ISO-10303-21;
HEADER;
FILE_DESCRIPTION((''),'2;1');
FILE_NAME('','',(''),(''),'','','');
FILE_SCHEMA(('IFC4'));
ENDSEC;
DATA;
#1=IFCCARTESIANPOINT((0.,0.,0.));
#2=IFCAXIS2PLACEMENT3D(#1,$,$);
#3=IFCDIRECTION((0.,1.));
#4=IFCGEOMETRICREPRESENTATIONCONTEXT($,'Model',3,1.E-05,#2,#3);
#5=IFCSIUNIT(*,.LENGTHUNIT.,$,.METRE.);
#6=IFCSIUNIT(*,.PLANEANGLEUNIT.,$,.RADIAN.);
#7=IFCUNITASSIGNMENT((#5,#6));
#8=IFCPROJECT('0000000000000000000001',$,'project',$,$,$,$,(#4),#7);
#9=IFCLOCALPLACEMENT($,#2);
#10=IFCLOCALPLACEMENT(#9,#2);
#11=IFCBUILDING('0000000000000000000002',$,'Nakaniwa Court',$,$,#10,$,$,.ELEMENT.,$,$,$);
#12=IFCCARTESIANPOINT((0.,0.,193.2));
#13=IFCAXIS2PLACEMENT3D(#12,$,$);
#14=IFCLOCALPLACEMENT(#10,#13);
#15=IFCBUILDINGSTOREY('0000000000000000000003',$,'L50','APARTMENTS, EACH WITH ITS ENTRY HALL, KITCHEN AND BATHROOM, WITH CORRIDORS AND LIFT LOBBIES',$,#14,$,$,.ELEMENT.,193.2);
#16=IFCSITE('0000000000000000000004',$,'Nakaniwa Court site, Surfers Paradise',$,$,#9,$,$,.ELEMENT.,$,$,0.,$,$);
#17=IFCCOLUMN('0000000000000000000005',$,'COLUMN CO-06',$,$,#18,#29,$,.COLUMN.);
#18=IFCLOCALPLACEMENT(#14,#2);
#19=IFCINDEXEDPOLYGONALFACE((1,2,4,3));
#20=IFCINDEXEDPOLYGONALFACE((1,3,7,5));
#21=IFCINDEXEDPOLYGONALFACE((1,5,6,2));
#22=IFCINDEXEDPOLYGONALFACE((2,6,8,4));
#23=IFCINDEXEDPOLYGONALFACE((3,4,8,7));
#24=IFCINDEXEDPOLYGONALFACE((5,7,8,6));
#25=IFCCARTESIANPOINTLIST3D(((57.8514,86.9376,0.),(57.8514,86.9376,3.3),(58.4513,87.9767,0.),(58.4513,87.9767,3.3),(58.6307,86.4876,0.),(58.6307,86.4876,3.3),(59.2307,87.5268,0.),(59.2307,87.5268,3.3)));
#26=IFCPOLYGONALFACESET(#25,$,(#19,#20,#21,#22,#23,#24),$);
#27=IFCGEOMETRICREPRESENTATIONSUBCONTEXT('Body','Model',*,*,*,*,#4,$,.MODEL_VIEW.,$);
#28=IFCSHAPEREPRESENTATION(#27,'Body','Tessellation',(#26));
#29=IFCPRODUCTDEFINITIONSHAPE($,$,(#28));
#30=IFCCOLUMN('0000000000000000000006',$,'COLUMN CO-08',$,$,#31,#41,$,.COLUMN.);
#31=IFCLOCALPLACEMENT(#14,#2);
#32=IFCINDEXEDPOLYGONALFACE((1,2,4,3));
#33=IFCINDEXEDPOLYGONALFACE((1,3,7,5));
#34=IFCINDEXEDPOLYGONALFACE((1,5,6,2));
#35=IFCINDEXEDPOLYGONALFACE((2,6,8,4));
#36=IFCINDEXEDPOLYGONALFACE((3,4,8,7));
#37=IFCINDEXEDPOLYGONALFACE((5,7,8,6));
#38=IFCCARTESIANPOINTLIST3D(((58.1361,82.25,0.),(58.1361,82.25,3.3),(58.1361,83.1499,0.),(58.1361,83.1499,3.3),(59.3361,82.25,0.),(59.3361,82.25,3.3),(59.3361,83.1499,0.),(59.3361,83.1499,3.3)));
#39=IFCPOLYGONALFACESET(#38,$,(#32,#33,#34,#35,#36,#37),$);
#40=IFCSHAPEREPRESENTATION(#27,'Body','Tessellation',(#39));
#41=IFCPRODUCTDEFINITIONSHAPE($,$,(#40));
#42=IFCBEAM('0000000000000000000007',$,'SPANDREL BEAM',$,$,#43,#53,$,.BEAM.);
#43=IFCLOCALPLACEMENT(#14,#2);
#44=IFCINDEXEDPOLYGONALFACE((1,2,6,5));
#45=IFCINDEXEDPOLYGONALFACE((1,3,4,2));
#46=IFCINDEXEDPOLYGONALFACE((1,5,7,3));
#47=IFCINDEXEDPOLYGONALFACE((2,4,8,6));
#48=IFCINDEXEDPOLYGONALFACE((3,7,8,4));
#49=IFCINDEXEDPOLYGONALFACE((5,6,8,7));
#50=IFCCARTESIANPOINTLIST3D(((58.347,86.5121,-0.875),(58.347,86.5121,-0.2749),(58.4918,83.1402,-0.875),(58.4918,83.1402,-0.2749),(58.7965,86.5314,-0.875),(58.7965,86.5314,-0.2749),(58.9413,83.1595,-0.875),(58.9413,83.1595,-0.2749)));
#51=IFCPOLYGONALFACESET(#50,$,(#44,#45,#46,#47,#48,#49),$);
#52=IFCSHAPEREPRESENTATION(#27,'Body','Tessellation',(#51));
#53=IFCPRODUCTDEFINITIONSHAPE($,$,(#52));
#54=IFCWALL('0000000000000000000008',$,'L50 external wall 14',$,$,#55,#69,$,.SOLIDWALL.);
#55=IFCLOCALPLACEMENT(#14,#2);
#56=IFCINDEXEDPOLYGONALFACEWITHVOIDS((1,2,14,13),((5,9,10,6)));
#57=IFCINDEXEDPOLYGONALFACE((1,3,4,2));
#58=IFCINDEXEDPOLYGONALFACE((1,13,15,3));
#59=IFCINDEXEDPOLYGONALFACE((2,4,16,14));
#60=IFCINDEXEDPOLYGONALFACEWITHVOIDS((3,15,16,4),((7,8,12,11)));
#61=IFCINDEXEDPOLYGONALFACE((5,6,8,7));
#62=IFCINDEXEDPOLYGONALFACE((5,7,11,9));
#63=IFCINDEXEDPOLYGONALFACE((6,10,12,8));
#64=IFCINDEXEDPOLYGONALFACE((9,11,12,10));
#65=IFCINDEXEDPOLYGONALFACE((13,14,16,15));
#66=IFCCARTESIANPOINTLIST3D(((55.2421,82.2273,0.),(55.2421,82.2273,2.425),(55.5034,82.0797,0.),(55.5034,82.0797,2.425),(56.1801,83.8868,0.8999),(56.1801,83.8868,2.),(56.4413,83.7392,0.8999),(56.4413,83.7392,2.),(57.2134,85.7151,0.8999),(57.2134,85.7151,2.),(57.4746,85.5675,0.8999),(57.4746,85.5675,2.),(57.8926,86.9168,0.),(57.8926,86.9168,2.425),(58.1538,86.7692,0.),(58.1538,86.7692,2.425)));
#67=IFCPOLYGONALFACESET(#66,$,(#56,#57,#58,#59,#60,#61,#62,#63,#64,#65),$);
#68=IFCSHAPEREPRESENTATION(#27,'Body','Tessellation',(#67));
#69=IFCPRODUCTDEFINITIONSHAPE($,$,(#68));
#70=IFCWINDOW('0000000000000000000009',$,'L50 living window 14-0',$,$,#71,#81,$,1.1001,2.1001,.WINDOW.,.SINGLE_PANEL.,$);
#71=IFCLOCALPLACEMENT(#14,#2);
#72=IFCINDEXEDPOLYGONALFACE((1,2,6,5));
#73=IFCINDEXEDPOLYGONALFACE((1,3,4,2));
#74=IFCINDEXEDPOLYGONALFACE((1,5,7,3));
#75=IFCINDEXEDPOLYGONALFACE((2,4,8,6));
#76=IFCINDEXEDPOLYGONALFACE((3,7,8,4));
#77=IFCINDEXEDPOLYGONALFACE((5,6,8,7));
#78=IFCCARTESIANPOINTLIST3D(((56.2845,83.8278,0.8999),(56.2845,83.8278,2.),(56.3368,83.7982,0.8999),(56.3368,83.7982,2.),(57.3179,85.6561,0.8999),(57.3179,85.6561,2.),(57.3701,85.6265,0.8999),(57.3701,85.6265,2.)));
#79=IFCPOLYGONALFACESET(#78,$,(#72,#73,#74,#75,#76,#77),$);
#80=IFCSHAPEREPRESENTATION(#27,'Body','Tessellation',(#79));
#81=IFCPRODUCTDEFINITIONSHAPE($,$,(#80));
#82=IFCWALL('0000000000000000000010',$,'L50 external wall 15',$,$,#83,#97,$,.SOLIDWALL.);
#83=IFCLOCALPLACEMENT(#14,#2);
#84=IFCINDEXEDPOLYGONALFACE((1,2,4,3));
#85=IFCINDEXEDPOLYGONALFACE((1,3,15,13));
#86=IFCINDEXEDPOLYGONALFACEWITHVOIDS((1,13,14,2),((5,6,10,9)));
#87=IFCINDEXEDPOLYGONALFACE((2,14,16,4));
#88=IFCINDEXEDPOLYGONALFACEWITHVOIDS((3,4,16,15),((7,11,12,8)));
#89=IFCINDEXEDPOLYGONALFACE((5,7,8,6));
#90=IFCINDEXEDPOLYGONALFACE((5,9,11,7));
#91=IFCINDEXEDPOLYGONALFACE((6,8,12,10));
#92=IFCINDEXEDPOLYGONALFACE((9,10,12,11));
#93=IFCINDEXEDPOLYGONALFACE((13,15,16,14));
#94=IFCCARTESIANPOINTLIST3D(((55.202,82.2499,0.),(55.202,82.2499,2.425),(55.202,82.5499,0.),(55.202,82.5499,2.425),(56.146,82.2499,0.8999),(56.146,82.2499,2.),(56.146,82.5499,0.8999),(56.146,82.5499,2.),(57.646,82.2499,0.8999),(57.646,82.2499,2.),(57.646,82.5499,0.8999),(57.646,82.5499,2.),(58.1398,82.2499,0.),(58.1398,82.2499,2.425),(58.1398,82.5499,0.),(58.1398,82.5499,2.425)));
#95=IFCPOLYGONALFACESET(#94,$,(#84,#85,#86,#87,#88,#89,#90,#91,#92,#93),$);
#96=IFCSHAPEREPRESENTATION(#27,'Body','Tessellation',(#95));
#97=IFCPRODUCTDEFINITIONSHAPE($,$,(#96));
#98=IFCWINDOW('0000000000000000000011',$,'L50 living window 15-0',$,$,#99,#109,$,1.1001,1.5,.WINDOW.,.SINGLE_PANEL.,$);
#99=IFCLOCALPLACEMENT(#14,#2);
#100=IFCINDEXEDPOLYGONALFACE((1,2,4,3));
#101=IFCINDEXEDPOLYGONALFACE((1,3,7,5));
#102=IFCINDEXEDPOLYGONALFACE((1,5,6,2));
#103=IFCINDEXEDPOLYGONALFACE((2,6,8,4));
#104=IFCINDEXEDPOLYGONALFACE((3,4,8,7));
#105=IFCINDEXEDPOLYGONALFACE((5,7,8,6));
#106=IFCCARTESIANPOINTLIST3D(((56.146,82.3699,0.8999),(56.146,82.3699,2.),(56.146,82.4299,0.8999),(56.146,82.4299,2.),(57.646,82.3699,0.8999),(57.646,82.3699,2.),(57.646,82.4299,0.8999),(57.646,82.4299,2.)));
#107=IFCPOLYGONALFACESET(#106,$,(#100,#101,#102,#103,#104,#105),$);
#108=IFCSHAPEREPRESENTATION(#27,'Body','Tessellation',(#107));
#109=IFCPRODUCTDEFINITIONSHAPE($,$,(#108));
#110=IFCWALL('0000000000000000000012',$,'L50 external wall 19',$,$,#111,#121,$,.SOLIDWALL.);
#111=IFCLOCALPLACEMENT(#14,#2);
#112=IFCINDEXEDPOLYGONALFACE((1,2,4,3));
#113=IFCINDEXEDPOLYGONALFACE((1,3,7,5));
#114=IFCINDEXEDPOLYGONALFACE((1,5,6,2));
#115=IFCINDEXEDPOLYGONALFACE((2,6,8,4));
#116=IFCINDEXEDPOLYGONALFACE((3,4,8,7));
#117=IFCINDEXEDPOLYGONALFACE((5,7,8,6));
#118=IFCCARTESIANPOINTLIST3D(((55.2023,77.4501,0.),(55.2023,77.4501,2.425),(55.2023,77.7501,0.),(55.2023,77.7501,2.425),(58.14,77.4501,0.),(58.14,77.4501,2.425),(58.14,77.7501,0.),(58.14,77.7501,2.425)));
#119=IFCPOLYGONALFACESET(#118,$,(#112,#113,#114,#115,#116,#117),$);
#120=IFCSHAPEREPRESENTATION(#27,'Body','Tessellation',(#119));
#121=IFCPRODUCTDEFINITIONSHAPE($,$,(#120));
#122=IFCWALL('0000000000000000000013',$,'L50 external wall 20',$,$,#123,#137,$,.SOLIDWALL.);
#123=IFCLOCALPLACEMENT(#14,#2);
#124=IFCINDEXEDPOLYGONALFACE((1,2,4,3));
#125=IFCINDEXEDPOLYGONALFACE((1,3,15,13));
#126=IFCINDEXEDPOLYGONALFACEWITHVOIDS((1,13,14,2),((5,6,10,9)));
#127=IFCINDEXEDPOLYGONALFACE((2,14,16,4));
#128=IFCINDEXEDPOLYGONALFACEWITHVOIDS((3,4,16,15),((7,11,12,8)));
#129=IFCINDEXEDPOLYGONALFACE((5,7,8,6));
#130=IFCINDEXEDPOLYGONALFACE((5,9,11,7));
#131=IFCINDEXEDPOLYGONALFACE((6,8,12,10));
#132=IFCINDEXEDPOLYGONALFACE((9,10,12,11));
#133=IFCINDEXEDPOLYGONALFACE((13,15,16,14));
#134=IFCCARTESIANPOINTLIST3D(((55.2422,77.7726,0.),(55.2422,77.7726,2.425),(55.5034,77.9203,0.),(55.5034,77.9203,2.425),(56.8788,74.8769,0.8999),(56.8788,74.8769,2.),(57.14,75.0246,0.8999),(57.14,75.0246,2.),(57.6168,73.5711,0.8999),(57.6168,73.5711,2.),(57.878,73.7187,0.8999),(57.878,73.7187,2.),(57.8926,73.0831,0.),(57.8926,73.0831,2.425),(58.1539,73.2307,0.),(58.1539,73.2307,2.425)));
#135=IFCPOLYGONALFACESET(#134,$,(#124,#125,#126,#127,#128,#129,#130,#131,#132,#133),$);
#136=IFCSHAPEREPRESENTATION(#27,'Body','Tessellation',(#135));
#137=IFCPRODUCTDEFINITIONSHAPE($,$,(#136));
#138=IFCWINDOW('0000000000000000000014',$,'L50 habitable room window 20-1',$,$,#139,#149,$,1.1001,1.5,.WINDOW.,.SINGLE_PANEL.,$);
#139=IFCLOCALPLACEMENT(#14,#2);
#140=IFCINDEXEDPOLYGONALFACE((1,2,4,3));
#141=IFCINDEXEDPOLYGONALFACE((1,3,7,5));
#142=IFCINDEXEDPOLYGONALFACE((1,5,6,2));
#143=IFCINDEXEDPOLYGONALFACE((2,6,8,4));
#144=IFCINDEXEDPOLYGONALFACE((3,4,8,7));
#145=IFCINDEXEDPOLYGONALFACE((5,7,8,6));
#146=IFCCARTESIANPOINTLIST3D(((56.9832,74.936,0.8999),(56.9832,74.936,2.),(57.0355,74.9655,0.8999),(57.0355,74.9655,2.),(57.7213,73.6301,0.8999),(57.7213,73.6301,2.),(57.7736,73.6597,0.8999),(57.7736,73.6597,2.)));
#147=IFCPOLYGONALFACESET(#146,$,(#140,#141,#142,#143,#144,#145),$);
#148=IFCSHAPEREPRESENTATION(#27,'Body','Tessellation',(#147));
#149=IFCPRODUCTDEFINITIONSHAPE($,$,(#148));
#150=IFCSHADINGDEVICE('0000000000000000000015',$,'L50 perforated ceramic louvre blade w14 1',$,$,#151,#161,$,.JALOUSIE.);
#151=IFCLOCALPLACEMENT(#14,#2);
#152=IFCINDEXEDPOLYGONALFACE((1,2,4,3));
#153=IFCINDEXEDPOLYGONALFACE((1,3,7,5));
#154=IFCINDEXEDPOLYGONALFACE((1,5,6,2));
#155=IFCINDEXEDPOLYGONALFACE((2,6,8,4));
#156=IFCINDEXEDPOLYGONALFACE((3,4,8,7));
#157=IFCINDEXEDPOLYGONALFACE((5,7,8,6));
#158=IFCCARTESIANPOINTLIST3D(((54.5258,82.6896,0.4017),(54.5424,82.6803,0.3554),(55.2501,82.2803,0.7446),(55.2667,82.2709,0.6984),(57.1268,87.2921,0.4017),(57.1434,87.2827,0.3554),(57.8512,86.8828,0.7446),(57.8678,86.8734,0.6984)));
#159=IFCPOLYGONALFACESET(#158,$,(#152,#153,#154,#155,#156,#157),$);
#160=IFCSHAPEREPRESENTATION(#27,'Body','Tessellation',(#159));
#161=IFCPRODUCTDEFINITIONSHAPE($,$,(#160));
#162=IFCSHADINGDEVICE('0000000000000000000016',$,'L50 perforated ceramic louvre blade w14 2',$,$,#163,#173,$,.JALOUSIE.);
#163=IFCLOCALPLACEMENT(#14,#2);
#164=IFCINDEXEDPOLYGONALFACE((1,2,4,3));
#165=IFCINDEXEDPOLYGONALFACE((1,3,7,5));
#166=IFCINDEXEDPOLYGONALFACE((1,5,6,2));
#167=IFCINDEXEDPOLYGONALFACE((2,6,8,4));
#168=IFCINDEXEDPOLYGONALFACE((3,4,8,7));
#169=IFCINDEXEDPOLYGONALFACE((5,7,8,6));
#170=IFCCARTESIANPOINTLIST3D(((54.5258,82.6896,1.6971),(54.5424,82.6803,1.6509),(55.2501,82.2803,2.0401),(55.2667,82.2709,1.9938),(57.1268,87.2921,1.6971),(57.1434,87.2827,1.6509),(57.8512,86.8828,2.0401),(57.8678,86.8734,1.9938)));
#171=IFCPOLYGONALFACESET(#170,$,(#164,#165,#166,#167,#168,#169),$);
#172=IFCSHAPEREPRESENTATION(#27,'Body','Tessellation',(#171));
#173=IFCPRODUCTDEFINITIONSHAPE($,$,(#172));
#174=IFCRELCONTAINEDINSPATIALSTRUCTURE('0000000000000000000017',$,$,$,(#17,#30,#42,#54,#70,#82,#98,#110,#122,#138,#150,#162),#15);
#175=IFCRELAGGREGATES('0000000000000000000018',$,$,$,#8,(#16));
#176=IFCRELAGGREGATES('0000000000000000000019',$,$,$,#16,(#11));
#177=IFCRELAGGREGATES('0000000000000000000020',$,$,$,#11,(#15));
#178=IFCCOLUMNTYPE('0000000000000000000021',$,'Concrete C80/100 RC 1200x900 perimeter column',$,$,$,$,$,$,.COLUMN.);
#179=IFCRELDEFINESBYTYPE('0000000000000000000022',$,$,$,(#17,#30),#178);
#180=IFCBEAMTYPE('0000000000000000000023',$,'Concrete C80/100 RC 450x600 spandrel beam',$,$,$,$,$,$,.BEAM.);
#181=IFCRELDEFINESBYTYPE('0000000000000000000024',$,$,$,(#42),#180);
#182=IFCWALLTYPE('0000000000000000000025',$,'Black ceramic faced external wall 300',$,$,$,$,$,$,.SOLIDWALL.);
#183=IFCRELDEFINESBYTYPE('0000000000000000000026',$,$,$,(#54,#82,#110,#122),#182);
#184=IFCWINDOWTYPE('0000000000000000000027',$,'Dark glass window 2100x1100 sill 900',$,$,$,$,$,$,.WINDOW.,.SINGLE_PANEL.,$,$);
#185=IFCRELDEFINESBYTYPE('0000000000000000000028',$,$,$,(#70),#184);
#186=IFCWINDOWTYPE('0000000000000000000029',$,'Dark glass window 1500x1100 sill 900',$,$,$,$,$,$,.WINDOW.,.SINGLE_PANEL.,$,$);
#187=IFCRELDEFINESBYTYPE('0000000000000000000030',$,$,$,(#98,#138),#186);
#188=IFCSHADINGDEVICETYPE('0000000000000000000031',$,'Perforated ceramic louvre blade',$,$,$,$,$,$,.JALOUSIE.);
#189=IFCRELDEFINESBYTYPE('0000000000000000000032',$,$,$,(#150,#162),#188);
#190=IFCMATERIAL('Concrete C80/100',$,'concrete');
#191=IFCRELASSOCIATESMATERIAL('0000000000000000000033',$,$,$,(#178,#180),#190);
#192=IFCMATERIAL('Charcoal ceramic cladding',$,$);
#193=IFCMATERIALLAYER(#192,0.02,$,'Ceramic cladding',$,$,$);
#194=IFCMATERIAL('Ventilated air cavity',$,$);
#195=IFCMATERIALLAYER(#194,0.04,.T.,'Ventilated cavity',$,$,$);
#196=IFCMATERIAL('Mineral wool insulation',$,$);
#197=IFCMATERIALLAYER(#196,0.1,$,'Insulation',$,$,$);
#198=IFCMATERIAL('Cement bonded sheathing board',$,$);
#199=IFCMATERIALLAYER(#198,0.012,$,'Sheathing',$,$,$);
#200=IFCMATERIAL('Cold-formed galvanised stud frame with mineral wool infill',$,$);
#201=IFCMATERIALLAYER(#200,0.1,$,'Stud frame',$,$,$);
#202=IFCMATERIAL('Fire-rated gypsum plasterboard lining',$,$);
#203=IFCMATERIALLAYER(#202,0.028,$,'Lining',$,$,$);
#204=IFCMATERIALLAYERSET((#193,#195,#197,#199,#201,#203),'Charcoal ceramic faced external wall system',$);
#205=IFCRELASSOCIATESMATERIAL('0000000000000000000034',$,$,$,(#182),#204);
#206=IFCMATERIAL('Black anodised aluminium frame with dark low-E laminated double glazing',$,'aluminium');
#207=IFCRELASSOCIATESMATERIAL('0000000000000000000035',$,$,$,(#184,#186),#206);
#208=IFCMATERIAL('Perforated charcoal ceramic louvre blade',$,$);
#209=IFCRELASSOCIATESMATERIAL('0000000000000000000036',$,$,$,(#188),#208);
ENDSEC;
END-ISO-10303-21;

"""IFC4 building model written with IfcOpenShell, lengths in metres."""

from ifc_helpers import new_model, si_unit, direction, frame, frame_2d, origin, origin_2d, place, context, subcontext, project, spatial, rectangle, extrude, material, layer, layer_set, material_profile, profile_set, type_object, element, fill, save


model = new_model("IFC4")

# Units and contexts
model_context = context("Model", 3, precision=1e-05, world=origin(), true_north=direction((0.0, 1.0)))
body_context = subcontext(model_context, "Body", "Model", "MODEL_VIEW")
ifc_project = project(units=[si_unit("LENGTHUNIT", "METRE"), si_unit("PLANEANGLEUNIT", "RADIAN")], contexts=[model_context])

# Site, building, storey
site_placement = place(None, origin())
site = spatial("IfcSite", under=ifc_project, at=site_placement, Name="Nakaniwa Court site, Surfers Paradise", CompositionType="ELEMENT", RefElevation=0.0)
building_placement = place(site_placement, origin())
building = spatial("IfcBuilding", under=site, at=building_placement, Name="Nakaniwa Court", CompositionType="ELEMENT")
storey_placement = place(building_placement, frame((0.0, 0.0, 193.2)))
storey = spatial("IfcBuildingStorey", under=building, at=storey_placement, Name="L50", Description="APARTMENTS, EACH WITH ITS ENTRY HALL, KITCHEN AND BATHROOM, WITH CORRIDORS AND LIFT LOBBIES", CompositionType="ELEMENT", Elevation=193.2)

# Columns
ifc_material_1 = material(Name="Concrete C80/100", Category="concrete")
ifc_material_profile_1 = material_profile(ifc_material_1, rectangle(XDim=1.2, YDim=0.8999, at=origin_2d()), Name="Concrete C80/100 RC 1200x900 perimeter column")
ifc_profile_set_1 = profile_set([ifc_material_profile_1], Name="Concrete C80/100")
column_type = type_object("IfcColumnType", Name="Concrete C80/100 RC 1200x900 perimeter column", PredefinedType="COLUMN", material=ifc_profile_set_1)
for number, where, z_axis, x_axis, name in (
    (1, (58.541, 87.2322, 0.0), (0.0, 0.0, 1.0), (-0.5, -0.866025, 0.0), "COLUMN CO-06"),
    (2, (58.7361, 82.7, 0.0), (0.0, 0.0, 1.0), (1.0, 0.0, 0.0), "COLUMN CO-08"),
):
    element("IfcColumn", number, at=place(storey_placement, frame(where, z_axis=z_axis, x_axis=x_axis)), inside=storey, type_object=column_type, Name=name, PredefinedType="COLUMN", context=body_context, shape_type="SweptSolid", body=[
        extrude(rectangle(XDim=1.2, YDim=0.8999, at=origin_2d()), origin(), (0.0, 0.0, 1.0), 3.3),
    ])

# Beam
ifc_material_profile_2 = material_profile(ifc_material_1, rectangle(XDim=0.45, YDim=0.6001, at=origin_2d()), Name="Concrete C80/100 RC 450x600 spandrel beam")
ifc_profile_set_2 = profile_set([ifc_material_profile_2], Name="Concrete C80/100")
beam_type = type_object("IfcBeamType", Name="Concrete C80/100 RC 450x600 spandrel beam", PredefinedType="BEAM", material=ifc_profile_set_2)
beam_placement = place(storey_placement, frame((58.5718, 86.5217, -0.575), z_axis=(0.042897, -0.999079, 0.0), x_axis=(0.999079, 0.042897, 0.0)))
element("IfcBeam", 3, at=beam_placement, inside=storey, type_object=beam_type, Name="SPANDREL BEAM", PredefinedType="BEAM", context=body_context, shape_type="SweptSolid", body=[
    extrude(rectangle(XDim=0.45, YDim=0.6001, at=origin_2d()), origin(), (0.0, 0.0, 1.0), 3.375),
])

# Walls, openings, windows
ifc_material_2 = material(Name="Charcoal ceramic cladding")
ifc_layer_1 = layer(ifc_material_2, 0.02, Name="Ceramic cladding")
ifc_material_3 = material(Name="Ventilated air cavity")
ifc_layer_2 = layer(ifc_material_3, 0.04, ventilated=True, Name="Ventilated cavity")
ifc_material_4 = material(Name="Mineral wool insulation")
ifc_layer_3 = layer(ifc_material_4, 0.1, Name="Insulation")
ifc_material_5 = material(Name="Cement bonded sheathing board")
ifc_layer_4 = layer(ifc_material_5, 0.012, Name="Sheathing")
ifc_material_6 = material(Name="Cold-formed galvanised stud frame with mineral wool infill")
ifc_layer_5 = layer(ifc_material_6, 0.1, Name="Stud frame")
ifc_material_7 = material(Name="Fire-rated gypsum plasterboard lining")
ifc_layer_6 = layer(ifc_material_7, 0.028, Name="Lining")
ifc_layer_set = layer_set([ifc_layer_1, ifc_layer_2, ifc_layer_3, ifc_layer_4, ifc_layer_5, ifc_layer_6], Name="Charcoal ceramic faced external wall system")
wall_type = type_object("IfcWallType", Name="Black ceramic faced external wall 300", PredefinedType="SOLIDWALL", material=ifc_layer_set)
wall_1_placement = place(storey_placement, frame((58.0232, 86.843, 0.0), z_axis=(0.0, 0.0, 1.0), x_axis=(-0.492033, -0.870576, 0.0)))
wall_1 = element("IfcWall", 4, at=wall_1_placement, inside=storey, type_object=wall_type, Name="L50 external wall 14", PredefinedType="SOLIDWALL", context=body_context, shape_type="SweptSolid", body=[
    extrude(rectangle(XDim=5.3867, YDim=0.3, at=frame_2d((2.6934, 0.0))), origin(), (0.0, 0.0, 1.0), 2.425),
])
opening_1_placement = place(wall_1_placement, frame((1.3804, 0.0, 0.8999)))
opening_1 = element("IfcOpeningElement", 5, at=opening_1_placement, cuts=wall_1, PredefinedType="OPENING", context=body_context, shape_type="SweptSolid", body=[
    extrude(rectangle(XDim=2.1001, YDim=1.1001, at=frame_2d((1.05, 0.55))), frame((0.0, 0.1599, 0.0), z_axis=(0.0, -1.0, 0.0), x_axis=(1.0, 0.0, 0.0)), (0.0, 0.0, 1.0), 0.3201),
])
ifc_material_8 = material(Name="Black anodised aluminium frame with dark low-E laminated double glazing", Category="aluminium")
window_type_1 = type_object("IfcWindowType", Name="Dark glass window 2100x1100 sill 900", PartitioningType="SINGLE_PANEL", PredefinedType="WINDOW", material=ifc_material_8)
window_1_placement = place(opening_1_placement, origin())
window_1 = element("IfcWindow", 6, at=window_1_placement, inside=storey, type_object=window_type_1, Name="L50 living window 14-0", OverallHeight=1.1001, OverallWidth=2.1001, PartitioningType="SINGLE_PANEL", PredefinedType="WINDOW", context=body_context, shape_type="SweptSolid", body=[
    extrude(rectangle(XDim=2.1001, YDim=1.1001, at=frame_2d((1.05, 0.55))), frame((0.0, 0.03, 0.0), z_axis=(0.0, -1.0, 0.0), x_axis=(1.0, 0.0, 0.0)), (0.0, 0.0, 1.0), 0.0601),
])
fill(opening_1, window_1)
wall_2_placement = place(storey_placement, frame((55.2021, 82.3999, 0.0), z_axis=(0.0, 0.0, 1.0), x_axis=(1.0, 0.0, 0.0)))
wall_2 = element("IfcWall", 7, at=wall_2_placement, inside=storey, type_object=wall_type, Name="L50 external wall 15", PredefinedType="SOLIDWALL", context=body_context, shape_type="SweptSolid", body=[
    extrude(rectangle(XDim=2.9377, YDim=0.3, at=frame_2d((1.4688, 0.0))), origin(), (0.0, 0.0, 1.0), 2.425),
])
opening_2_placement = place(wall_2_placement, frame((0.9438, 0.0, 0.8999)))
opening_2 = element("IfcOpeningElement", 8, at=opening_2_placement, cuts=wall_2, PredefinedType="OPENING", context=body_context, shape_type="SweptSolid", body=[
    extrude(rectangle(XDim=1.5, YDim=1.1001, at=frame_2d((0.75, 0.55))), frame((0.0, 0.1599, 0.0), z_axis=(0.0, -1.0, 0.0), x_axis=(1.0, 0.0, 0.0)), (0.0, 0.0, 1.0), 0.3201),
])
window_type_2 = type_object("IfcWindowType", Name="Dark glass window 1500x1100 sill 900", PartitioningType="SINGLE_PANEL", PredefinedType="WINDOW", material=ifc_material_8)
window_2_placement = place(opening_2_placement, origin())
window_2 = element("IfcWindow", 9, at=window_2_placement, inside=storey, type_object=window_type_2, Name="L50 living window 15-0", OverallHeight=1.1001, OverallWidth=1.5, PartitioningType="SINGLE_PANEL", PredefinedType="WINDOW", context=body_context, shape_type="SweptSolid", body=[
    extrude(rectangle(XDim=1.5, YDim=1.1001, at=frame_2d((0.75, 0.55))), frame((0.0, 0.03, 0.0), z_axis=(0.0, -1.0, 0.0), x_axis=(1.0, 0.0, 0.0)), (0.0, 0.0, 1.0), 0.0601),
])
fill(opening_2, window_2)

# Wall
wall_3_placement = place(storey_placement, frame((58.1399, 77.6001, 0.0), z_axis=(0.0, 0.0, 1.0), x_axis=(-1.0, 0.0, 0.0)))
element("IfcWall", 10, at=wall_3_placement, inside=storey, type_object=wall_type, Name="L50 external wall 19", PredefinedType="SOLIDWALL", context=body_context, shape_type="SweptSolid", body=[
    extrude(rectangle(XDim=2.9377, YDim=0.3, at=frame_2d((1.4688, 0.0))), origin(), (0.0, 0.0, 1.0), 2.425),
])

# Wall, opening, window
wall_4_placement = place(storey_placement, frame((55.3728, 77.8464, 0.0), z_axis=(0.0, 0.0, 1.0), x_axis=(0.492033, -0.870576, 0.0)))
wall_4 = element("IfcWall", 11, at=wall_4_placement, inside=storey, type_object=wall_type, Name="L50 external wall 20", PredefinedType="SOLIDWALL", context=body_context, shape_type="SweptSolid", body=[
    extrude(rectangle(XDim=5.3867, YDim=0.3, at=frame_2d((2.6934, 0.0))), origin(), (0.0, 0.0, 1.0), 2.425),
])
opening_3_placement = place(wall_4_placement, frame((3.3262, 0.0, 0.8999)))
opening_3 = element("IfcOpeningElement", 12, at=opening_3_placement, cuts=wall_4, PredefinedType="OPENING", context=body_context, shape_type="SweptSolid", body=[
    extrude(rectangle(XDim=1.5, YDim=1.1001, at=frame_2d((0.75, 0.55))), frame((0.0, 0.1599, 0.0), z_axis=(0.0, -1.0, 0.0), x_axis=(1.0, 0.0, 0.0)), (0.0, 0.0, 1.0), 0.3201),
])
window_3_placement = place(opening_3_placement, origin())
window_3 = element("IfcWindow", 13, at=window_3_placement, inside=storey, type_object=window_type_2, Name="L50 habitable room window 20-1", OverallHeight=1.1001, OverallWidth=1.5, PartitioningType="SINGLE_PANEL", PredefinedType="WINDOW", context=body_context, shape_type="SweptSolid", body=[
    extrude(rectangle(XDim=1.5, YDim=1.1001, at=frame_2d((0.75, 0.55))), frame((0.0, 0.03, 0.0), z_axis=(0.0, -1.0, 0.0), x_axis=(1.0, 0.0, 0.0)), (0.0, 0.0, 1.0), 0.0601),
])
fill(opening_3, window_3)

# Shading devices
ifc_material_9 = material(Name="Perforated charcoal ceramic louvre blade")
ifc_material_profile_3 = material_profile(ifc_material_9, rectangle(XDim=0.8999, YDim=0.05, at=origin_2d()), Name="Perforated ceramic louvre blade")
ifc_profile_set_3 = profile_set([ifc_material_profile_3], Name="Perforated charcoal ceramic louvre blade")
shading_device_type = type_object("IfcShadingDeviceType", Name="Perforated ceramic louvre blade", PredefinedType="JALOUSIE", material=ifc_profile_set_3)
for number, where, z_axis, x_axis, name in (
    (14, (57.4973, 87.0828, 0.55), (-0.492006, -0.870592, 0.0), (0.804902, -0.454882, 0.38107), "L50 perforated ceramic louvre blade w14 1"),
    (15, (57.4973, 87.0828, 1.8455), (-0.492006, -0.870592, 0.0), (0.804902, -0.454882, 0.38107), "L50 perforated ceramic louvre blade w14 2"),
):
    element("IfcShadingDevice", number, at=place(storey_placement, frame(where, z_axis=z_axis, x_axis=x_axis)), inside=storey, type_object=shading_device_type, Name=name, PredefinedType="JALOUSIE", context=body_context, shape_type="SweptSolid", body=[
        extrude(rectangle(XDim=0.8999, YDim=0.05, at=origin_2d()), origin(), (0.0, 0.0, 1.0), 5.2866),
    ])

save(model, "model.ifc")
